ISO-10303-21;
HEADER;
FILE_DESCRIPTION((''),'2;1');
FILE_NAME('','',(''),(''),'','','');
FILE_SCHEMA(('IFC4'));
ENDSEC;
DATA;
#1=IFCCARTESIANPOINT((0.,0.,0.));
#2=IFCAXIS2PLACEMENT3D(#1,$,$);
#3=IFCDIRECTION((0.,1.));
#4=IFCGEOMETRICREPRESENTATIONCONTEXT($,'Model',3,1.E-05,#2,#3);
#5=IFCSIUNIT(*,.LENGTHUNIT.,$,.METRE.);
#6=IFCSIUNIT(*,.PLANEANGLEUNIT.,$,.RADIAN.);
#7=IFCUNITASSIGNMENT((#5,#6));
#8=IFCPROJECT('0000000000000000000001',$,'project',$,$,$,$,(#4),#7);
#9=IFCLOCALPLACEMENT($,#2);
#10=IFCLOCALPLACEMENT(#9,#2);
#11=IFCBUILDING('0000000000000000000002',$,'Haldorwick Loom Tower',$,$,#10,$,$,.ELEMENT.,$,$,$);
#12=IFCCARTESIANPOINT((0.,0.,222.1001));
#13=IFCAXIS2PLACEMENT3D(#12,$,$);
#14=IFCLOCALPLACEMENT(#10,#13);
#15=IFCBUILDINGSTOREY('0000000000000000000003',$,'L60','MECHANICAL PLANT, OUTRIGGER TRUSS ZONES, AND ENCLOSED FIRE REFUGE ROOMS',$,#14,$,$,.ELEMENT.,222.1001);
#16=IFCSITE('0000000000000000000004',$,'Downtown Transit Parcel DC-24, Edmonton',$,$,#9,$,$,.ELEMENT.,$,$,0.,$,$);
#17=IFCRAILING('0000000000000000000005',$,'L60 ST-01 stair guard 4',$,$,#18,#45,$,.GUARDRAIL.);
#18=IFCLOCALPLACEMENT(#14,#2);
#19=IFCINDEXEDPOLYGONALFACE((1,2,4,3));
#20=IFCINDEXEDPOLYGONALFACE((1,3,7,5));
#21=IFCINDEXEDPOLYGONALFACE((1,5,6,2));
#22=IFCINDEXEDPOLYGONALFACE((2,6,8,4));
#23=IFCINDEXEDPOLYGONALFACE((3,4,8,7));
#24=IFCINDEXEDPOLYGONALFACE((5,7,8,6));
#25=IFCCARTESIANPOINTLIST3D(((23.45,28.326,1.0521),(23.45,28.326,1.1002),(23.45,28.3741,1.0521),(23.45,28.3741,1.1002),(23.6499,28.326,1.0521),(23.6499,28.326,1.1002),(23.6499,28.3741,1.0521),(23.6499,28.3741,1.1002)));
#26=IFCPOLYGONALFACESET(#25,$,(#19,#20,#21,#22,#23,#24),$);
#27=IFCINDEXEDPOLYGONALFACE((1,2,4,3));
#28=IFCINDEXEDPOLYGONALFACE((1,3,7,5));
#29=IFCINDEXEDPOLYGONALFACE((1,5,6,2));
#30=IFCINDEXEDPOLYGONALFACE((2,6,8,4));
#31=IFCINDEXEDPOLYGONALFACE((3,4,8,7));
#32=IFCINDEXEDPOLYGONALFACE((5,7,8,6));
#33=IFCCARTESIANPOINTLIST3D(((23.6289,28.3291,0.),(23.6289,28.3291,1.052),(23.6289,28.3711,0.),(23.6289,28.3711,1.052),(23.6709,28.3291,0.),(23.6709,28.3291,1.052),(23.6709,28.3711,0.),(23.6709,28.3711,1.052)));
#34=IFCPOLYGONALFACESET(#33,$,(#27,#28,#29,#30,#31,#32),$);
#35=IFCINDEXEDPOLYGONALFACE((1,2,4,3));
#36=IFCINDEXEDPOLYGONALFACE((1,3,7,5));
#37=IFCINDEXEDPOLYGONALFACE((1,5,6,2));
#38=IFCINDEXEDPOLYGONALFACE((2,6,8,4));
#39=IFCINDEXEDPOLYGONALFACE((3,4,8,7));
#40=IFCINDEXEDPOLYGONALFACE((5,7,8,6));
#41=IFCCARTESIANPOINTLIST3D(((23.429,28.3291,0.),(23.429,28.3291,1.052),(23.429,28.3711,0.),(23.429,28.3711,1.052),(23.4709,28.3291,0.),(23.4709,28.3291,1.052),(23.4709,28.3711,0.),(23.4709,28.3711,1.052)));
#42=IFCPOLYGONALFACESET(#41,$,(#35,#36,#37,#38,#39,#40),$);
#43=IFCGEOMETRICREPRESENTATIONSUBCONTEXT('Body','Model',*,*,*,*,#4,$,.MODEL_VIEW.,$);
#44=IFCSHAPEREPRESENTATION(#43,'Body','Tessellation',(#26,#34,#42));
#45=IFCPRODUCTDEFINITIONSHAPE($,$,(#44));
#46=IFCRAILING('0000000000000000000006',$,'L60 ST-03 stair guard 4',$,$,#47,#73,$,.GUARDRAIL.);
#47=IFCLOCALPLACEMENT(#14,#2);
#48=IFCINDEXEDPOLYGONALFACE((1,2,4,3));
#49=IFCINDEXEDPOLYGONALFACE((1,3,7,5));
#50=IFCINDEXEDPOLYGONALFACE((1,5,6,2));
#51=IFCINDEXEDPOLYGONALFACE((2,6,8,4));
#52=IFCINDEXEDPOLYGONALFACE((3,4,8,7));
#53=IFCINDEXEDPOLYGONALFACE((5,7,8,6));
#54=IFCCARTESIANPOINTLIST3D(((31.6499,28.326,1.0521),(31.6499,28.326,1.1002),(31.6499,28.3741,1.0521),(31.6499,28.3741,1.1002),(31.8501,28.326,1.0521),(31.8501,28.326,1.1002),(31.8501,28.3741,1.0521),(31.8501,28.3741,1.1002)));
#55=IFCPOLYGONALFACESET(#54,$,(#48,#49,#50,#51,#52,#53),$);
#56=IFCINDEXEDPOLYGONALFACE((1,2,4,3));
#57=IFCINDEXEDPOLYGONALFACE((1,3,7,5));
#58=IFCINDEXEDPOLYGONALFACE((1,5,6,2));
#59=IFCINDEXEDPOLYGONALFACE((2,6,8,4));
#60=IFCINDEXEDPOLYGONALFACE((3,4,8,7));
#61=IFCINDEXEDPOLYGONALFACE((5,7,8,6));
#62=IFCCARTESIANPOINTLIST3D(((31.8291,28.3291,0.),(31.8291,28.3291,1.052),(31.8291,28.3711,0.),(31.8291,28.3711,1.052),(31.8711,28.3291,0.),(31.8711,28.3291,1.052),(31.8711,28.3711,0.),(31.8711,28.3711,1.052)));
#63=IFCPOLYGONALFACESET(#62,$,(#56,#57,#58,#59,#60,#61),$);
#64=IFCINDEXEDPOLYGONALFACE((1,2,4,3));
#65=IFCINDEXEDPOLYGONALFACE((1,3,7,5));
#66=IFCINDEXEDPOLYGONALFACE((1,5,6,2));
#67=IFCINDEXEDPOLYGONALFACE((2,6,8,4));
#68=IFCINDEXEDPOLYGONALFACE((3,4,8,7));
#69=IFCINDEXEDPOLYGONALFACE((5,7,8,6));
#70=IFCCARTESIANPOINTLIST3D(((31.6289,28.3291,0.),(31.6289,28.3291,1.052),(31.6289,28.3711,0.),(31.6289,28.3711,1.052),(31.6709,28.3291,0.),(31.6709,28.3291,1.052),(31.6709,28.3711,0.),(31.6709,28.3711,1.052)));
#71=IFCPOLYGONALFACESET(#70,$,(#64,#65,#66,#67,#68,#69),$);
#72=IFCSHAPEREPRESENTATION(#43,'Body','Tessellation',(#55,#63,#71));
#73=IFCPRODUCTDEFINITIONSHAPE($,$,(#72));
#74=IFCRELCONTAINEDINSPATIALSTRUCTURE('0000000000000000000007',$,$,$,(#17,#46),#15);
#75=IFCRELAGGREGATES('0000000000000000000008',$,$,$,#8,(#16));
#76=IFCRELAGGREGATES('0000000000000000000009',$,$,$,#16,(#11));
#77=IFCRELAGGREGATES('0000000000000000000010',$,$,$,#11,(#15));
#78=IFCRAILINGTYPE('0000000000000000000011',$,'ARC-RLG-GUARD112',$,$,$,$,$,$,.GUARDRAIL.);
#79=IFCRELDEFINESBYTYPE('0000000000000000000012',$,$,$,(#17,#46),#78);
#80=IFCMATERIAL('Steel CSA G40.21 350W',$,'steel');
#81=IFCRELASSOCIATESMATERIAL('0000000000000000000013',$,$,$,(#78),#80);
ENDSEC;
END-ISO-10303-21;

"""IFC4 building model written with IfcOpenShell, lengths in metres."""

from ifc_helpers import new_model, si_unit, direction, frame, origin, origin_2d, place, context, subcontext, project, spatial, rectangle, extrude, material, type_object, element, save


model = new_model("IFC4")

# Units and contexts
model_context = context("Model", 3, precision=1e-05, world=origin(), true_north=direction((0.0, 1.0)))
body_context = subcontext(model_context, "Body", "Model", "MODEL_VIEW")
ifc_project = project(units=[si_unit("LENGTHUNIT", "METRE"), si_unit("PLANEANGLEUNIT", "RADIAN")], contexts=[model_context])

# Site, building, storey
site_placement = place(None, origin())
site = spatial("IfcSite", under=ifc_project, at=site_placement, Name="Downtown Transit Parcel DC-24, Edmonton", CompositionType="ELEMENT", RefElevation=0.0)
building_placement = place(site_placement, origin())
building = spatial("IfcBuilding", under=site, at=building_placement, Name="Haldorwick Loom Tower", CompositionType="ELEMENT")
storey_placement = place(building_placement, frame((0.0, 0.0, 222.1001)))
storey = spatial("IfcBuildingStorey", under=building, at=storey_placement, Name="L60", Description="MECHANICAL PLANT, OUTRIGGER TRUSS ZONES, AND ENCLOSED FIRE REFUGE ROOMS", CompositionType="ELEMENT", Elevation=222.1001)

# Shared definitions
ifc_material_1 = material(Name="Steel CSA G40.21 350W", Category="steel")

# Railings
railing_type = type_object("IfcRailingType", Name="ARC-RLG-GUARD112", PredefinedType="GUARDRAIL", material=ifc_material_1)
railing_1_placement = place(storey_placement, frame((23.6499, 28.3501, 0.0)))
element("IfcRailing", 1, at=railing_1_placement, inside=storey, type_object=railing_type, Name="L60 ST-01 stair guard 4", PredefinedType="GUARDRAIL", context=body_context, shape_type="SweptSolid", body=[
    extrude(rectangle(XDim=0.0481, YDim=0.0481, at=origin_2d()), frame((0.0, 0.0, 1.0762), z_axis=(-1.0, 0.0, 0.0), x_axis=(0.0, -1.0, 0.0)), (0.0, 0.0, 1.0), 0.2),
    extrude(rectangle(XDim=0.042, YDim=0.042, at=origin_2d()), origin(), (0.0, 0.0, 1.0), 1.052),
    extrude(rectangle(XDim=0.042, YDim=0.042, at=origin_2d()), frame((-0.2, 0.0, 0.0)), (0.0, 0.0, 1.0), 1.052),
])
railing_2_placement = place(storey_placement, frame((31.8501, 28.3501, 0.0)))
element("IfcRailing", 2, at=railing_2_placement, inside=storey, type_object=railing_type, Name="L60 ST-03 stair guard 4", PredefinedType="GUARDRAIL", context=body_context, shape_type="SweptSolid", body=[
    extrude(rectangle(XDim=0.0481, YDim=0.0481, at=origin_2d()), frame((0.0, 0.0, 1.0762), z_axis=(-1.0, 0.0, 0.0), x_axis=(0.0, -1.0, 0.0)), (0.0, 0.0, 1.0), 0.2002),
    extrude(rectangle(XDim=0.042, YDim=0.042, at=origin_2d()), origin(), (0.0, 0.0, 1.0), 1.052),
    extrude(rectangle(XDim=0.042, YDim=0.042, at=origin_2d()), frame((-0.2002, 0.0, 0.0)), (0.0, 0.0, 1.0), 1.052),
])

save(model, "model.ifc")
